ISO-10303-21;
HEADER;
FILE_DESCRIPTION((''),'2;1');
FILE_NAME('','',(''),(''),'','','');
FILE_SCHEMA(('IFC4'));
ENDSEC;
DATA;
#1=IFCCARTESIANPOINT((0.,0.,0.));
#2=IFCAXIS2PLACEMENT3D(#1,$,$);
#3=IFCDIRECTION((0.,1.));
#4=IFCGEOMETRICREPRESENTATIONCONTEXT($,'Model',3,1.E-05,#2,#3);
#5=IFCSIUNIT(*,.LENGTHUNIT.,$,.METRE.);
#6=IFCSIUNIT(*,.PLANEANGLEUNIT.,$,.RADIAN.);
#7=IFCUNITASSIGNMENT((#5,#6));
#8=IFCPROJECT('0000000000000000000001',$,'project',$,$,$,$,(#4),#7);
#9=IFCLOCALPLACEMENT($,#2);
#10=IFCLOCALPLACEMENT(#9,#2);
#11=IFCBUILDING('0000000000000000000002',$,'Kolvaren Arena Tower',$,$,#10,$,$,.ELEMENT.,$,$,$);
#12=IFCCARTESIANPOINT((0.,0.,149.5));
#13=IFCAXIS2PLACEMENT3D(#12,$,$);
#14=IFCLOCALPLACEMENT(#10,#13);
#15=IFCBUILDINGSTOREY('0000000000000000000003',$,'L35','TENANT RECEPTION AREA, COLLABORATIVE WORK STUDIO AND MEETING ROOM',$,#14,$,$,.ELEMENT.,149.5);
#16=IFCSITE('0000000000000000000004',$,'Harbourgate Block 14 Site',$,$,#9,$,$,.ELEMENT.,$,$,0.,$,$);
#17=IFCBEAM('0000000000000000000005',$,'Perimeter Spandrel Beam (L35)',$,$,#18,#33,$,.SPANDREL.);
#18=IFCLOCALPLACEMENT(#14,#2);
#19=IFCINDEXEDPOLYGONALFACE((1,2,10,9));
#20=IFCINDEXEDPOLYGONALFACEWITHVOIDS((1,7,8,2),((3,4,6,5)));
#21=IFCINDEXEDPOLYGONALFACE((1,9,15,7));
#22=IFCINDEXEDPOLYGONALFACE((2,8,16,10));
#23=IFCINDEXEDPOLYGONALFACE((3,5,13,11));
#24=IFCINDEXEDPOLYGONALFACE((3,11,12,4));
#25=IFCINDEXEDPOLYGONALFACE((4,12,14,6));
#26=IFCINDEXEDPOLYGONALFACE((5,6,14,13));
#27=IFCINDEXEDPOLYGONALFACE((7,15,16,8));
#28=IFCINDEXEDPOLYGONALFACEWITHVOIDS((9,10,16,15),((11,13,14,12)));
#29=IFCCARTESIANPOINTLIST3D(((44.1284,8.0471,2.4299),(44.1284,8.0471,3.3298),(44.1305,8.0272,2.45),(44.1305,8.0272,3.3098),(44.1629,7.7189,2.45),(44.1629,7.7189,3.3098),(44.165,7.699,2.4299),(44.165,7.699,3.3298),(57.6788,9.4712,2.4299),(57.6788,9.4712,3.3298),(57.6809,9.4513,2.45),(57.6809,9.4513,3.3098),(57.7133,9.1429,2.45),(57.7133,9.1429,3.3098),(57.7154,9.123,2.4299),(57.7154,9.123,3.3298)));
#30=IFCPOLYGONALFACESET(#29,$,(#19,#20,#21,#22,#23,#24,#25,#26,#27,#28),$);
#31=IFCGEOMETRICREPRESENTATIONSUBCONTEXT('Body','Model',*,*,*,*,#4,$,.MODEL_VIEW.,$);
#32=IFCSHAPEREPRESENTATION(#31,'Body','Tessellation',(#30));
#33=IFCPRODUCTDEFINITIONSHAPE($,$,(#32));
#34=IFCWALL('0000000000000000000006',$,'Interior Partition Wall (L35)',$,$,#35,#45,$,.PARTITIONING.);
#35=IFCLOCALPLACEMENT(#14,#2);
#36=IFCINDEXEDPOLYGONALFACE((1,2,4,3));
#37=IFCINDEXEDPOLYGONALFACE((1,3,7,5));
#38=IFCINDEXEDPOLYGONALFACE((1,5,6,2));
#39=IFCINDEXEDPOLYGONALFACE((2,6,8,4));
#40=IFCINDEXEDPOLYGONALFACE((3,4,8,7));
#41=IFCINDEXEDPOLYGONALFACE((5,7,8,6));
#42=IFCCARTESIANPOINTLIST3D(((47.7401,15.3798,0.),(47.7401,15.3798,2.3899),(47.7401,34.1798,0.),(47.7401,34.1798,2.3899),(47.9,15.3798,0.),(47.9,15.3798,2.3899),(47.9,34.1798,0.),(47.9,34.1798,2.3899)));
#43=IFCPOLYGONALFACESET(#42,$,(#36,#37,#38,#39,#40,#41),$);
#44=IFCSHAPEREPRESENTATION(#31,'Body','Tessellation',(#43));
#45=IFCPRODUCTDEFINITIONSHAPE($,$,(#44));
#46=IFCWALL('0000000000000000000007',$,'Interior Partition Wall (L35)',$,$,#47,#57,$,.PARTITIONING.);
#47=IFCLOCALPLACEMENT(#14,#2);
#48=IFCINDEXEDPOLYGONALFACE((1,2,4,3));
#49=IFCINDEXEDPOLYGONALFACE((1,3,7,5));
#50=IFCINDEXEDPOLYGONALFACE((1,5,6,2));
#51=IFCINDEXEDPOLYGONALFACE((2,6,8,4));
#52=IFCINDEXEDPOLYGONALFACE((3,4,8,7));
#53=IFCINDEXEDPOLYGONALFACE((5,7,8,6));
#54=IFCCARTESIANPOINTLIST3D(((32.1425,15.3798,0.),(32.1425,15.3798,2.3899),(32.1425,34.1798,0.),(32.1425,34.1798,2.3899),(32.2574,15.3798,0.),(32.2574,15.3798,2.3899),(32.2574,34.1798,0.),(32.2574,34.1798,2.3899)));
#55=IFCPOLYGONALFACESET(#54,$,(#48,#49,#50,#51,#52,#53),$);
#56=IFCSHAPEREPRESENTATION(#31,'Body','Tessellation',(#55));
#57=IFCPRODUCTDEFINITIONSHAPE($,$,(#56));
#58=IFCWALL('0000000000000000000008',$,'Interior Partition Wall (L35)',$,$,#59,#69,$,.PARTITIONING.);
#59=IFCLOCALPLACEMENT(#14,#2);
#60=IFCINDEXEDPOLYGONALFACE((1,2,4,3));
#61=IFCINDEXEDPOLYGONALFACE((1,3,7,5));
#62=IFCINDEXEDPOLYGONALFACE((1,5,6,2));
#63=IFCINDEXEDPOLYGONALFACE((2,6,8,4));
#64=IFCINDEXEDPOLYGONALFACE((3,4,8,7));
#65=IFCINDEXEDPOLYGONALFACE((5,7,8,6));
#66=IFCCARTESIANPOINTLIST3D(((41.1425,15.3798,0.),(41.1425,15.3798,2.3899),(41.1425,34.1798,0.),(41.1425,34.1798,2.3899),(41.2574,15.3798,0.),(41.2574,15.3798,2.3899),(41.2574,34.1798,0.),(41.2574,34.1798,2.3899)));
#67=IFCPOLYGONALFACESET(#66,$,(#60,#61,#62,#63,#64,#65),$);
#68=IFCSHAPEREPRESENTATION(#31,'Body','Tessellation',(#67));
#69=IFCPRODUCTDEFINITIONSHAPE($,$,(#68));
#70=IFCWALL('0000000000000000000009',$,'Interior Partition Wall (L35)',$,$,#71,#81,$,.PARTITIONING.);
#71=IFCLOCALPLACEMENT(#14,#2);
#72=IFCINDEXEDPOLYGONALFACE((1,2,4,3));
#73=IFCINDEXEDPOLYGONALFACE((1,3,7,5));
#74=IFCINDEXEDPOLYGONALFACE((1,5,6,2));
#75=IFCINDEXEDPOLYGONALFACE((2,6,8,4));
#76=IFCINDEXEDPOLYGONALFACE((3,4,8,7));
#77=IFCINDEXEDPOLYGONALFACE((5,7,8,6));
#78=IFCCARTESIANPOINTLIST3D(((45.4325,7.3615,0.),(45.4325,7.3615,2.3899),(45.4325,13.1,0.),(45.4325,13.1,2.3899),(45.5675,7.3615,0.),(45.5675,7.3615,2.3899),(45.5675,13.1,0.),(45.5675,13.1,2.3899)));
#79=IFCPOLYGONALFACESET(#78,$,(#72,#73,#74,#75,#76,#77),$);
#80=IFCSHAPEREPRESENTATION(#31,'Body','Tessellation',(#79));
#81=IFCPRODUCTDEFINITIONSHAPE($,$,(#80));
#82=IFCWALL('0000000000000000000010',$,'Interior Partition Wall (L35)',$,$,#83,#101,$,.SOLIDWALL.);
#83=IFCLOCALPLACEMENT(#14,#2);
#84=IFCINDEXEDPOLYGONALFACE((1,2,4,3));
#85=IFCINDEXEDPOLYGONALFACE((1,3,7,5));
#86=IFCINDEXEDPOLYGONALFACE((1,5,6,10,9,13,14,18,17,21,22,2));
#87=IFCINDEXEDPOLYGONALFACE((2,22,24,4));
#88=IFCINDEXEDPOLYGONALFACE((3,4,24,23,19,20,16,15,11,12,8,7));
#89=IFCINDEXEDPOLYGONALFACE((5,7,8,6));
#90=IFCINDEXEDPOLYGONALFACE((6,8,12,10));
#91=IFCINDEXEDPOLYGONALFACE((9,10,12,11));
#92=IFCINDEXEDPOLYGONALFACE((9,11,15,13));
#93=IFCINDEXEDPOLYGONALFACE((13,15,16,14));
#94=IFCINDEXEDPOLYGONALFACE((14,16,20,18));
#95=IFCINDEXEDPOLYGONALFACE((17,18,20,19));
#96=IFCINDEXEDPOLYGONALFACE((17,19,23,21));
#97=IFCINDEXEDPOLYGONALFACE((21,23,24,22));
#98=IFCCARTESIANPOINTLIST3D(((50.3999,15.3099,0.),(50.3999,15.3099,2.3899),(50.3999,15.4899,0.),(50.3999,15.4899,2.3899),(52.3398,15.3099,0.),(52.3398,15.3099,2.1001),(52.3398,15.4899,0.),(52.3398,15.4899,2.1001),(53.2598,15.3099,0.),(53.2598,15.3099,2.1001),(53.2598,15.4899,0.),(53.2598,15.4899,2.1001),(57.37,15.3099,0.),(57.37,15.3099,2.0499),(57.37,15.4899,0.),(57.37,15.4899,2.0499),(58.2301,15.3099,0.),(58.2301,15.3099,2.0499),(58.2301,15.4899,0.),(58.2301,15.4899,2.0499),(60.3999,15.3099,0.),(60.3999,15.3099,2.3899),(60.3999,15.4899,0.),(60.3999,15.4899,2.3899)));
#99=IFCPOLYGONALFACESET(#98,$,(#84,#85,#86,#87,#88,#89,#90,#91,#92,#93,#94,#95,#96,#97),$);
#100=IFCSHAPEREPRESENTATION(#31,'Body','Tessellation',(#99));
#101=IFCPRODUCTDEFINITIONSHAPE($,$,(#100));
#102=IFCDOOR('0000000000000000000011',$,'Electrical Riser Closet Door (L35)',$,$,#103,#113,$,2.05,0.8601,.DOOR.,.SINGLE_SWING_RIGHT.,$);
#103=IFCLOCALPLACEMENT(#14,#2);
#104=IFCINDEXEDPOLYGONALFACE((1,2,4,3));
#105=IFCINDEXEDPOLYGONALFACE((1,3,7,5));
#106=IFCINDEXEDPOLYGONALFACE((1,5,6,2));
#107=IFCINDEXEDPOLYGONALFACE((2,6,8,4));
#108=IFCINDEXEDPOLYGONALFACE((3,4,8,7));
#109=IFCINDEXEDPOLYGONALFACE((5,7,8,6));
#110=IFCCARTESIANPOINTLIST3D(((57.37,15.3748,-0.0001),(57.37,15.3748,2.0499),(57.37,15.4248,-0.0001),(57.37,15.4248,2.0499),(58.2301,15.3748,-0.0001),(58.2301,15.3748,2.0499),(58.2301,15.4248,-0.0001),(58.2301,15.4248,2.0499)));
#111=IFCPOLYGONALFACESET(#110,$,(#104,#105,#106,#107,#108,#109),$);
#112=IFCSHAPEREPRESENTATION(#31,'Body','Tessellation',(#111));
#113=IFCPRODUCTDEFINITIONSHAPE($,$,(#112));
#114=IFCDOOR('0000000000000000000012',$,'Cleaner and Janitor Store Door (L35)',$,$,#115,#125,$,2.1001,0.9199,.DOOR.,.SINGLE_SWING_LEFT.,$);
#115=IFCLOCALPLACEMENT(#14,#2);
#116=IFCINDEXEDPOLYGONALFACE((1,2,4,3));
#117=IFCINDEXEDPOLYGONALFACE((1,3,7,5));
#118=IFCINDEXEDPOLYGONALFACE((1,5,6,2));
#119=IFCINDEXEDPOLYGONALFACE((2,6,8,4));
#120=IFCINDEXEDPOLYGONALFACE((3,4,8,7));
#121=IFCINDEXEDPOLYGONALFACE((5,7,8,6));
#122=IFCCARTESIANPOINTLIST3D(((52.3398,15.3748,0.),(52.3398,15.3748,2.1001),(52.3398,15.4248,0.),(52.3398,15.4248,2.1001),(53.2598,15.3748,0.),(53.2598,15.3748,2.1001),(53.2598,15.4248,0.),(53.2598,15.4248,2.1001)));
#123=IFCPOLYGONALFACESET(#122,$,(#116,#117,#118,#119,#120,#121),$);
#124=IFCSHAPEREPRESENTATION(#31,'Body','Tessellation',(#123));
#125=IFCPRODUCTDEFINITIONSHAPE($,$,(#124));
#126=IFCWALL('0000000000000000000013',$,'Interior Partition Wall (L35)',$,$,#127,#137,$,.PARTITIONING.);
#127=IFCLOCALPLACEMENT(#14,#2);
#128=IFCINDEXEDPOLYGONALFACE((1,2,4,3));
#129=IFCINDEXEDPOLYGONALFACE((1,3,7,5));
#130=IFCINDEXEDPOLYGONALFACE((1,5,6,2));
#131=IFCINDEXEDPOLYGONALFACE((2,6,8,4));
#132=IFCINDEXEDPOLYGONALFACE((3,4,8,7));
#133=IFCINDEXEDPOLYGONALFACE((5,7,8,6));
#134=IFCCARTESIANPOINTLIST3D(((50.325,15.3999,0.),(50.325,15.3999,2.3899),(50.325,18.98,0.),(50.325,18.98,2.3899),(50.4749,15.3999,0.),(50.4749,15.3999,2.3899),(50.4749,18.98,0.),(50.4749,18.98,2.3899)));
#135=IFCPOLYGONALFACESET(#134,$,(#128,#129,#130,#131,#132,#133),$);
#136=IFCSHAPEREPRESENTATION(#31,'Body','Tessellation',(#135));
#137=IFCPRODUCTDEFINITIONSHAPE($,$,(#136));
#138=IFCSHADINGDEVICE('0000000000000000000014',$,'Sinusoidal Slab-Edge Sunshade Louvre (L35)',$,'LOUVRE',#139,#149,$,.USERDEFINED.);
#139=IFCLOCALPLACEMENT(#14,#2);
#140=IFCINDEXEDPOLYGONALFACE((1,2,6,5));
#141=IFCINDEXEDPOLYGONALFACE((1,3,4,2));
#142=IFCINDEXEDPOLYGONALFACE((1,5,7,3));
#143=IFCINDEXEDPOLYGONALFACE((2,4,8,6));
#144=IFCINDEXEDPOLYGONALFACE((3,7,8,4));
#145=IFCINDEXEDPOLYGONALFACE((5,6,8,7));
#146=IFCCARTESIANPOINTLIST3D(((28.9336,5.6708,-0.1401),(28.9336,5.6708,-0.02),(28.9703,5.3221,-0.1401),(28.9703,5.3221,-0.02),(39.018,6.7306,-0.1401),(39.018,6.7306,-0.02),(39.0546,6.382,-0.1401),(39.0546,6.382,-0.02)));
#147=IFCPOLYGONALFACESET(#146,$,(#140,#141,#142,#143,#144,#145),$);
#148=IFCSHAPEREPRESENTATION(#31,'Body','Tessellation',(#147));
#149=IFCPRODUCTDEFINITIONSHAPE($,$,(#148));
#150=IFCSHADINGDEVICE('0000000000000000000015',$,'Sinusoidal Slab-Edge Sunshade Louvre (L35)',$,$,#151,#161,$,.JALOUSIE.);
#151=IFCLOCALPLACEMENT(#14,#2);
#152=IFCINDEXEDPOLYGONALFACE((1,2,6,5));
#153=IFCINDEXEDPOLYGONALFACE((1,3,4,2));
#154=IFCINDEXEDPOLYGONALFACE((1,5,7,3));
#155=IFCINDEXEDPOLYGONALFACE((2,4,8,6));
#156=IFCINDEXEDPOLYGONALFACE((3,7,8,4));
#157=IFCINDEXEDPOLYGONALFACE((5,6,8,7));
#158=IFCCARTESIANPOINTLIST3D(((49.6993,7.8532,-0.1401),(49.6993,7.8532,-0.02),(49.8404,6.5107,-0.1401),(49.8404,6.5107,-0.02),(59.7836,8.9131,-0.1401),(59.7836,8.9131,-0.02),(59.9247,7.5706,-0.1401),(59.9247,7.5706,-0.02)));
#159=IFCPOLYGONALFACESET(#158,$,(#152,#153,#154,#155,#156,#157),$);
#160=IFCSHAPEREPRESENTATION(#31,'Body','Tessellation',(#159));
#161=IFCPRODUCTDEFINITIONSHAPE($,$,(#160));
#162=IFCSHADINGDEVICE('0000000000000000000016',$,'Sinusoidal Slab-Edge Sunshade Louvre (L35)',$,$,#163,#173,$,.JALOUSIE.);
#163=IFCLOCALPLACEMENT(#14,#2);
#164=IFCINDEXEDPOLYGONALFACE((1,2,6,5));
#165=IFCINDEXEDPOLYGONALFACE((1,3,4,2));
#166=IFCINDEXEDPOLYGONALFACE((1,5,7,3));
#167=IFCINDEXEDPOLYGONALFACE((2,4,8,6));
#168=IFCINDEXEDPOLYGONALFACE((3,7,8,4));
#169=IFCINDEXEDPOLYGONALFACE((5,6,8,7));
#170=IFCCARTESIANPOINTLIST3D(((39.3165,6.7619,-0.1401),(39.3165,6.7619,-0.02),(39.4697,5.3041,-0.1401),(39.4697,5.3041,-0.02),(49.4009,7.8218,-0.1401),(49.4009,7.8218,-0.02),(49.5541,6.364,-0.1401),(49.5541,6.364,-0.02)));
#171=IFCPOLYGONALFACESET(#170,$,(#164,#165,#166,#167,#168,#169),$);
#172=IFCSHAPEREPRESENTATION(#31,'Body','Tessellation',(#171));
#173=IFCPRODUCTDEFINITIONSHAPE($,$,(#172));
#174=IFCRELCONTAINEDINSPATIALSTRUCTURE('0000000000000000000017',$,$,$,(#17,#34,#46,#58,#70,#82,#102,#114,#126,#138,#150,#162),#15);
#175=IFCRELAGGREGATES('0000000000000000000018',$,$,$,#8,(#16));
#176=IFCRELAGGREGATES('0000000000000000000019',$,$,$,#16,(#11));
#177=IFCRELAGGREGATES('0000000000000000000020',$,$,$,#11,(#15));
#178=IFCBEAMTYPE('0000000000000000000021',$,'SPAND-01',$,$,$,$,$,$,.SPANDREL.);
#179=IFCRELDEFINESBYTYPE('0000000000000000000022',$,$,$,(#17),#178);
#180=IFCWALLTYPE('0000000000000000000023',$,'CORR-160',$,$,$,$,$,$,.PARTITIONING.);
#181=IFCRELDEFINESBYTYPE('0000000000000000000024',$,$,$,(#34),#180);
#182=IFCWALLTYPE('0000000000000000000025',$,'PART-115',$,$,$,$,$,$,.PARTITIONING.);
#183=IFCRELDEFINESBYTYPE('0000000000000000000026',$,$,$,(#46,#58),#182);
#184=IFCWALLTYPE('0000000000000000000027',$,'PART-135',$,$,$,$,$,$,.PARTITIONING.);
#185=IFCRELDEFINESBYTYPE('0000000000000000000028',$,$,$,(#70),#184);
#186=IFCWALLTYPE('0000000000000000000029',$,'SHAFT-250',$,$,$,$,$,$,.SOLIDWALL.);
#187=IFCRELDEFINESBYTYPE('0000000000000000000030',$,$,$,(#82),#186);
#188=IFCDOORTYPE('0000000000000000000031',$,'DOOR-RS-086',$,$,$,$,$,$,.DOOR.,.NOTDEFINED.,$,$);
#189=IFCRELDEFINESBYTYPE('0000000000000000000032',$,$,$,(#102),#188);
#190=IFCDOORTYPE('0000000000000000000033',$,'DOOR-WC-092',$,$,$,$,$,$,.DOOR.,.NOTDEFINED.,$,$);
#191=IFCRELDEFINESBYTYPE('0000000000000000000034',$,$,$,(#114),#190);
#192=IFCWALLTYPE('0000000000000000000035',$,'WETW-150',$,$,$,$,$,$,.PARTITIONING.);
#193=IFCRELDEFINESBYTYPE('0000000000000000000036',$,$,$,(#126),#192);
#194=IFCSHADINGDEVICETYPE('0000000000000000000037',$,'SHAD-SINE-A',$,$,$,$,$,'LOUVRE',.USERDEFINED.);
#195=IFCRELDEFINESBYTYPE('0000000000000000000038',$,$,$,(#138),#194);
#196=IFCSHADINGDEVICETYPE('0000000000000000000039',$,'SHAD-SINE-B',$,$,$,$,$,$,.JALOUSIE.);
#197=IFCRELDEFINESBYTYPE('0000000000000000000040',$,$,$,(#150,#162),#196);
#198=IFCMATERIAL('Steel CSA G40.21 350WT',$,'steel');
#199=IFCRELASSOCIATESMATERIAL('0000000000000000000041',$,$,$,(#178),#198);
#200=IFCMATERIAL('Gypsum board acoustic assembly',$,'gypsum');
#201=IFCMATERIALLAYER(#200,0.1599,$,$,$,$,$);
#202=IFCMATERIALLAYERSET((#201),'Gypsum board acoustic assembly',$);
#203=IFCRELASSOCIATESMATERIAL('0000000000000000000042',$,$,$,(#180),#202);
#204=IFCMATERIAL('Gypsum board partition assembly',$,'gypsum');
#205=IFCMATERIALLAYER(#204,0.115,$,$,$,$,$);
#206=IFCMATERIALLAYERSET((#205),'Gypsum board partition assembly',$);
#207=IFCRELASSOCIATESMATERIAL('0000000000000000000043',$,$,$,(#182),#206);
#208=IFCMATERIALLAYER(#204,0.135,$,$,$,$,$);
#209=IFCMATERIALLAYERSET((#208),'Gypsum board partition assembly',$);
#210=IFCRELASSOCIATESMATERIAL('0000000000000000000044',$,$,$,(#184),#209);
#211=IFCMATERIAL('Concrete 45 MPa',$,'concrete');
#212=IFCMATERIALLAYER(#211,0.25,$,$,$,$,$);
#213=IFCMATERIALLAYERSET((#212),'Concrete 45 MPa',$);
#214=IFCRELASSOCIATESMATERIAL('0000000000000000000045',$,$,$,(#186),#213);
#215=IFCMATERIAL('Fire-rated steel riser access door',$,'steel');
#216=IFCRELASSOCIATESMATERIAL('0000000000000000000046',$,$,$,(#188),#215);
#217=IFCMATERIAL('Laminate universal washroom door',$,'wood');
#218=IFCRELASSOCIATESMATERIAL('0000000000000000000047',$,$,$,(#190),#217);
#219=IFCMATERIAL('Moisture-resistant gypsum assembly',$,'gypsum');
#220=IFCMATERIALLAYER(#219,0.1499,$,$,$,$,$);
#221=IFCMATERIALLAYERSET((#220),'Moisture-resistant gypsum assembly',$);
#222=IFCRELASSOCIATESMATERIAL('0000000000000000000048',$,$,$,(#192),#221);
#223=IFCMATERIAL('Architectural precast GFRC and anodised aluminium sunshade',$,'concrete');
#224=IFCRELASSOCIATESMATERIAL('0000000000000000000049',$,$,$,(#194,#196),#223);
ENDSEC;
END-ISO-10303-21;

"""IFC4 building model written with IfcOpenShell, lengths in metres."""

from ifc_helpers import new_model, si_unit, direction, frame, frame_2d, origin, origin_2d, place, context, subcontext, project, spatial, rectangle, hollow_rectangle, extrude, material, layer, layer_set, material_profile, profile_set, type_object, element, fill, save


model = new_model("IFC4")

# Units and contexts
model_context = context("Model", 3, precision=1e-05, world=origin(), true_north=direction((0.0, 1.0)))
body_context = subcontext(model_context, "Body", "Model", "MODEL_VIEW")
ifc_project = project(units=[si_unit("LENGTHUNIT", "METRE"), si_unit("PLANEANGLEUNIT", "RADIAN")], contexts=[model_context])

# Site, building, storey
site_placement = place(None, origin())
site = spatial("IfcSite", under=ifc_project, at=site_placement, Name="Harbourgate Block 14 Site", CompositionType="ELEMENT", RefElevation=0.0)
building_placement = place(site_placement, origin())
building = spatial("IfcBuilding", under=site, at=building_placement, Name="Kolvaren Arena Tower", CompositionType="ELEMENT")
storey_placement = place(building_placement, frame((0.0, 0.0, 149.5)))
storey = spatial("IfcBuildingStorey", under=building, at=storey_placement, Name="L35", Description="TENANT RECEPTION AREA, COLLABORATIVE WORK STUDIO AND MEETING ROOM", CompositionType="ELEMENT", Elevation=149.5)

# Beam
ifc_material_1 = material(Name="Steel CSA G40.21 350WT", Category="steel")
ifc_material_profile_1 = material_profile(ifc_material_1, hollow_rectangle(XDim=0.3501, YDim=0.8999, WallThickness=0.02, at=origin_2d()), Name="HSS 900x350x20")
ifc_profile_set_1 = profile_set([ifc_material_profile_1], Name="Steel CSA G40.21 350WT")
beam_type_1 = type_object("IfcBeamType", Name="SPAND-01", PredefinedType="SPANDREL", material=ifc_profile_set_1)
beam_1_placement = place(storey_placement, frame((44.1467, 7.873, 2.8799), z_axis=(0.994523, 0.10452, 0.0), x_axis=(-0.10452, 0.994523, 0.0)))
element("IfcBeam", 1, at=beam_1_placement, inside=storey, type_object=beam_type_1, Name="Perimeter Spandrel Beam (L35)", PredefinedType="SPANDREL", context=body_context, shape_type="SweptSolid", body=[
    extrude(hollow_rectangle(XDim=0.3501, YDim=0.8999, WallThickness=0.02, at=origin_2d()), origin(), (0.0, 0.0, 1.0), 13.625),
])

# Walls
ifc_material_2 = material(Name="Gypsum board acoustic assembly", Category="gypsum")
ifc_layer_1 = layer(ifc_material_2, 0.1599)
ifc_layer_set_1 = layer_set([ifc_layer_1], Name="Gypsum board acoustic assembly")
wall_type_1 = type_object("IfcWallType", Name="CORR-160", PredefinedType="PARTITIONING", material=ifc_layer_set_1)
wall_1_placement = place(storey_placement, frame((47.8201, 15.3799, 0.0), z_axis=(0.0, 0.0, 1.0), x_axis=(0.0, 1.0, 0.0)))
element("IfcWall", 2, at=wall_1_placement, inside=storey, type_object=wall_type_1, Name="Interior Partition Wall (L35)", PredefinedType="PARTITIONING", context=body_context, shape_type="SweptSolid", body=[
    extrude(rectangle(XDim=18.8, YDim=0.1599, at=frame_2d((9.3999, 0.0))), origin(), (0.0, 0.0, 1.0), 2.3899),
])
ifc_material_3 = material(Name="Gypsum board partition assembly", Category="gypsum")
ifc_layer_2 = layer(ifc_material_3, 0.115)
ifc_layer_set_2 = layer_set([ifc_layer_2], Name="Gypsum board partition assembly")
wall_type_2 = type_object("IfcWallType", Name="PART-115", PredefinedType="PARTITIONING", material=ifc_layer_set_2)
for number, where, z_axis, x_axis, name in (
    (3, (32.2, 15.3799, 0.0), (0.0, 0.0, 1.0), (0.0, 1.0, 0.0), "Interior Partition Wall (L35)"),
    (4, (41.2, 15.3799, 0.0), (0.0, 0.0, 1.0), (0.0, 1.0, 0.0), "Interior Partition Wall (L35)"),
):
    element("IfcWall", number, at=place(storey_placement, frame(where, z_axis=z_axis, x_axis=x_axis)), inside=storey, type_object=wall_type_2, Name=name, PredefinedType="PARTITIONING", context=body_context, shape_type="SweptSolid", body=[
        extrude(rectangle(XDim=18.8, YDim=0.115, at=frame_2d((9.3999, 0.0))), origin(), (0.0, 0.0, 1.0), 2.3899),
    ])
ifc_layer_3 = layer(ifc_material_3, 0.135)
ifc_layer_set_3 = layer_set([ifc_layer_3], Name="Gypsum board partition assembly")
wall_type_3 = type_object("IfcWallType", Name="PART-135", PredefinedType="PARTITIONING", material=ifc_layer_set_3)
wall_2_placement = place(storey_placement, frame((45.5, 7.3616, 0.0), z_axis=(0.0, 0.0, 1.0), x_axis=(0.0, 1.0, 0.0)))
element("IfcWall", 5, at=wall_2_placement, inside=storey, type_object=wall_type_3, Name="Interior Partition Wall (L35)", PredefinedType="PARTITIONING", context=body_context, shape_type="SweptSolid", body=[
    extrude(rectangle(XDim=5.7385, YDim=0.135, at=frame_2d((2.8691, 0.0))), origin(), (0.0, 0.0, 1.0), 2.3899),
])

# Wall, openings, doors
ifc_material_4 = material(Name="Concrete 45 MPa", Category="concrete")
ifc_layer_4 = layer(ifc_material_4, 0.25)
ifc_layer_set_4 = layer_set([ifc_layer_4], Name="Concrete 45 MPa")
wall_type_4 = type_object("IfcWallType", Name="SHAFT-250", PredefinedType="SOLIDWALL", material=ifc_layer_set_4)
wall_3_placement = place(storey_placement, frame((50.3999, 15.3999, 0.0), z_axis=(0.0, 0.0, 1.0), x_axis=(1.0, 0.0, 0.0)))
wall_3 = element("IfcWall", 6, at=wall_3_placement, inside=storey, type_object=wall_type_4, Name="Interior Partition Wall (L35)", PredefinedType="SOLIDWALL", context=body_context, shape_type="SweptSolid", body=[
    extrude(rectangle(XDim=10.0, YDim=0.1799, at=frame_2d((5.0, 0.0))), origin(), (0.0, 0.0, 1.0), 2.3899),
])
opening_1_placement = place(wall_3_placement, frame((1.9399, 0.0, 0.0)))
opening_1 = element("IfcOpeningElement", 7, at=opening_1_placement, cuts=wall_3, PredefinedType="OPENING", context=body_context, shape_type="SweptSolid", body=[
    extrude(rectangle(XDim=0.9199, YDim=2.1001, at=frame_2d((0.46, 1.05))), frame((0.0, 0.0999, 0.0), z_axis=(0.0, -1.0, 0.0), x_axis=(1.0, 0.0, 0.0)), (0.0, 0.0, 1.0), 0.2),
])
opening_2_placement = place(wall_3_placement, frame((6.97, 0.0, 0.0)))
opening_2 = element("IfcOpeningElement", 8, at=opening_2_placement, cuts=wall_3, PredefinedType="OPENING", context=body_context, shape_type="SweptSolid", body=[
    extrude(rectangle(XDim=0.8601, YDim=2.05, at=frame_2d((0.4302, 1.0249))), frame((0.0, 0.0999, 0.0), z_axis=(0.0, -1.0, 0.0), x_axis=(1.0, 0.0, 0.0)), (0.0, 0.0, 1.0), 0.2),
])
ifc_material_5 = material(Name="Fire-rated steel riser access door", Category="steel")
door_type_1 = type_object("IfcDoorType", Name="DOOR-RS-086", OperationType="NOTDEFINED", PredefinedType="DOOR", material=ifc_material_5)
door_1_placement = place(opening_2_placement, origin())
door_1 = element("IfcDoor", 9, at=door_1_placement, inside=storey, type_object=door_type_1, Name="Electrical Riser Closet Door (L35)", OperationType="SINGLE_SWING_RIGHT", OverallHeight=2.05, OverallWidth=0.8601, PredefinedType="DOOR", context=body_context, shape_type="SweptSolid", body=[
    extrude(rectangle(XDim=0.8601, YDim=2.05, at=frame_2d((0.4302, 1.0249))), frame((0.0, 0.0249, 0.0), z_axis=(0.0, -1.0, 0.0), x_axis=(1.0, 0.0, 0.0)), (0.0, 0.0, 1.0), 0.05),
])
fill(opening_2, door_1)
ifc_material_6 = material(Name="Laminate universal washroom door", Category="wood")
door_type_2 = type_object("IfcDoorType", Name="DOOR-WC-092", OperationType="NOTDEFINED", PredefinedType="DOOR", material=ifc_material_6)
door_2_placement = place(opening_1_placement, origin())
door_2 = element("IfcDoor", 10, at=door_2_placement, inside=storey, type_object=door_type_2, Name="Cleaner and Janitor Store Door (L35)", OperationType="SINGLE_SWING_LEFT", OverallHeight=2.1001, OverallWidth=0.9199, PredefinedType="DOOR", context=body_context, shape_type="SweptSolid", body=[
    extrude(rectangle(XDim=0.9199, YDim=2.1001, at=frame_2d((0.46, 1.05))), frame((0.0, 0.0249, 0.0), z_axis=(0.0, -1.0, 0.0), x_axis=(1.0, 0.0, 0.0)), (0.0, 0.0, 1.0), 0.05),
])
fill(opening_1, door_2)

# Wall
ifc_material_7 = material(Name="Moisture-resistant gypsum assembly", Category="gypsum")
ifc_layer_5 = layer(ifc_material_7, 0.1499)
ifc_layer_set_5 = layer_set([ifc_layer_5], Name="Moisture-resistant gypsum assembly")
wall_type_5 = type_object("IfcWallType", Name="WETW-150", PredefinedType="PARTITIONING", material=ifc_layer_set_5)
wall_4_placement = place(storey_placement, frame((50.3999, 15.3999, 0.0), z_axis=(0.0, 0.0, 1.0), x_axis=(0.0, 1.0, 0.0)))
element("IfcWall", 11, at=wall_4_placement, inside=storey, type_object=wall_type_5, Name="Interior Partition Wall (L35)", PredefinedType="PARTITIONING", context=body_context, shape_type="SweptSolid", body=[
    extrude(rectangle(XDim=3.5801, YDim=0.1499, at=frame_2d((1.79, 0.0))), origin(), (0.0, 0.0, 1.0), 2.3899),
])

# Shading devices
ifc_material_8 = material(Name="Architectural precast GFRC and anodised aluminium sunshade", Category="concrete")
shading_device_type_1 = type_object("IfcShadingDeviceType", Name="SHAD-SINE-A", ElementType="LOUVRE", PredefinedType="USERDEFINED", material=ifc_material_8)
shading_device_1_placement = place(storey_placement, frame((33.9941, 6.0264, -0.1401), z_axis=(0.0, 0.0, 1.0), x_axis=(-0.994522, -0.104527, 0.0)))
element("IfcShadingDevice", 12, at=shading_device_1_placement, inside=storey, type_object=shading_device_type_1, Name="Sinusoidal Slab-Edge Sunshade Louvre (L35)", ObjectType="LOUVRE", PredefinedType="USERDEFINED", context=body_context, shape_type="SweptSolid", body=[
    extrude(rectangle(XDim=10.1399, YDim=0.3506, at=origin_2d()), origin(), (0.0, 0.0, 1.0), 0.1201),
])
shading_device_type_2 = type_object("IfcShadingDeviceType", Name="SHAD-SINE-B", PredefinedType="JALOUSIE", material=ifc_material_8)
shading_device_2_placement = place(storey_placement, frame((54.812, 7.7119, -0.1401), z_axis=(0.0, 0.0, 1.0), x_axis=(-0.994522, -0.104527, 0.0)))
element("IfcShadingDevice", 13, at=shading_device_2_placement, inside=storey, type_object=shading_device_type_2, Name="Sinusoidal Slab-Edge Sunshade Louvre (L35)", PredefinedType="JALOUSIE", context=body_context, shape_type="SweptSolid", body=[
    extrude(rectangle(XDim=10.1399, YDim=1.3499, at=origin_2d()), origin(), (0.0, 0.0, 1.0), 0.1201),
])
shading_device_3_placement = place(storey_placement, frame((44.4353, 6.563, -0.1401), z_axis=(0.0, 0.0, 1.0), x_axis=(-0.994522, -0.104527, 0.0)))
element("IfcShadingDevice", 14, at=shading_device_3_placement, inside=storey, type_object=shading_device_type_2, Name="Sinusoidal Slab-Edge Sunshade Louvre (L35)", PredefinedType="JALOUSIE", context=body_context, shape_type="SweptSolid", body=[
    extrude(rectangle(XDim=10.1399, YDim=1.4658, at=origin_2d()), origin(), (0.0, 0.0, 1.0), 0.1201),
])

save(model, "model.ifc")
